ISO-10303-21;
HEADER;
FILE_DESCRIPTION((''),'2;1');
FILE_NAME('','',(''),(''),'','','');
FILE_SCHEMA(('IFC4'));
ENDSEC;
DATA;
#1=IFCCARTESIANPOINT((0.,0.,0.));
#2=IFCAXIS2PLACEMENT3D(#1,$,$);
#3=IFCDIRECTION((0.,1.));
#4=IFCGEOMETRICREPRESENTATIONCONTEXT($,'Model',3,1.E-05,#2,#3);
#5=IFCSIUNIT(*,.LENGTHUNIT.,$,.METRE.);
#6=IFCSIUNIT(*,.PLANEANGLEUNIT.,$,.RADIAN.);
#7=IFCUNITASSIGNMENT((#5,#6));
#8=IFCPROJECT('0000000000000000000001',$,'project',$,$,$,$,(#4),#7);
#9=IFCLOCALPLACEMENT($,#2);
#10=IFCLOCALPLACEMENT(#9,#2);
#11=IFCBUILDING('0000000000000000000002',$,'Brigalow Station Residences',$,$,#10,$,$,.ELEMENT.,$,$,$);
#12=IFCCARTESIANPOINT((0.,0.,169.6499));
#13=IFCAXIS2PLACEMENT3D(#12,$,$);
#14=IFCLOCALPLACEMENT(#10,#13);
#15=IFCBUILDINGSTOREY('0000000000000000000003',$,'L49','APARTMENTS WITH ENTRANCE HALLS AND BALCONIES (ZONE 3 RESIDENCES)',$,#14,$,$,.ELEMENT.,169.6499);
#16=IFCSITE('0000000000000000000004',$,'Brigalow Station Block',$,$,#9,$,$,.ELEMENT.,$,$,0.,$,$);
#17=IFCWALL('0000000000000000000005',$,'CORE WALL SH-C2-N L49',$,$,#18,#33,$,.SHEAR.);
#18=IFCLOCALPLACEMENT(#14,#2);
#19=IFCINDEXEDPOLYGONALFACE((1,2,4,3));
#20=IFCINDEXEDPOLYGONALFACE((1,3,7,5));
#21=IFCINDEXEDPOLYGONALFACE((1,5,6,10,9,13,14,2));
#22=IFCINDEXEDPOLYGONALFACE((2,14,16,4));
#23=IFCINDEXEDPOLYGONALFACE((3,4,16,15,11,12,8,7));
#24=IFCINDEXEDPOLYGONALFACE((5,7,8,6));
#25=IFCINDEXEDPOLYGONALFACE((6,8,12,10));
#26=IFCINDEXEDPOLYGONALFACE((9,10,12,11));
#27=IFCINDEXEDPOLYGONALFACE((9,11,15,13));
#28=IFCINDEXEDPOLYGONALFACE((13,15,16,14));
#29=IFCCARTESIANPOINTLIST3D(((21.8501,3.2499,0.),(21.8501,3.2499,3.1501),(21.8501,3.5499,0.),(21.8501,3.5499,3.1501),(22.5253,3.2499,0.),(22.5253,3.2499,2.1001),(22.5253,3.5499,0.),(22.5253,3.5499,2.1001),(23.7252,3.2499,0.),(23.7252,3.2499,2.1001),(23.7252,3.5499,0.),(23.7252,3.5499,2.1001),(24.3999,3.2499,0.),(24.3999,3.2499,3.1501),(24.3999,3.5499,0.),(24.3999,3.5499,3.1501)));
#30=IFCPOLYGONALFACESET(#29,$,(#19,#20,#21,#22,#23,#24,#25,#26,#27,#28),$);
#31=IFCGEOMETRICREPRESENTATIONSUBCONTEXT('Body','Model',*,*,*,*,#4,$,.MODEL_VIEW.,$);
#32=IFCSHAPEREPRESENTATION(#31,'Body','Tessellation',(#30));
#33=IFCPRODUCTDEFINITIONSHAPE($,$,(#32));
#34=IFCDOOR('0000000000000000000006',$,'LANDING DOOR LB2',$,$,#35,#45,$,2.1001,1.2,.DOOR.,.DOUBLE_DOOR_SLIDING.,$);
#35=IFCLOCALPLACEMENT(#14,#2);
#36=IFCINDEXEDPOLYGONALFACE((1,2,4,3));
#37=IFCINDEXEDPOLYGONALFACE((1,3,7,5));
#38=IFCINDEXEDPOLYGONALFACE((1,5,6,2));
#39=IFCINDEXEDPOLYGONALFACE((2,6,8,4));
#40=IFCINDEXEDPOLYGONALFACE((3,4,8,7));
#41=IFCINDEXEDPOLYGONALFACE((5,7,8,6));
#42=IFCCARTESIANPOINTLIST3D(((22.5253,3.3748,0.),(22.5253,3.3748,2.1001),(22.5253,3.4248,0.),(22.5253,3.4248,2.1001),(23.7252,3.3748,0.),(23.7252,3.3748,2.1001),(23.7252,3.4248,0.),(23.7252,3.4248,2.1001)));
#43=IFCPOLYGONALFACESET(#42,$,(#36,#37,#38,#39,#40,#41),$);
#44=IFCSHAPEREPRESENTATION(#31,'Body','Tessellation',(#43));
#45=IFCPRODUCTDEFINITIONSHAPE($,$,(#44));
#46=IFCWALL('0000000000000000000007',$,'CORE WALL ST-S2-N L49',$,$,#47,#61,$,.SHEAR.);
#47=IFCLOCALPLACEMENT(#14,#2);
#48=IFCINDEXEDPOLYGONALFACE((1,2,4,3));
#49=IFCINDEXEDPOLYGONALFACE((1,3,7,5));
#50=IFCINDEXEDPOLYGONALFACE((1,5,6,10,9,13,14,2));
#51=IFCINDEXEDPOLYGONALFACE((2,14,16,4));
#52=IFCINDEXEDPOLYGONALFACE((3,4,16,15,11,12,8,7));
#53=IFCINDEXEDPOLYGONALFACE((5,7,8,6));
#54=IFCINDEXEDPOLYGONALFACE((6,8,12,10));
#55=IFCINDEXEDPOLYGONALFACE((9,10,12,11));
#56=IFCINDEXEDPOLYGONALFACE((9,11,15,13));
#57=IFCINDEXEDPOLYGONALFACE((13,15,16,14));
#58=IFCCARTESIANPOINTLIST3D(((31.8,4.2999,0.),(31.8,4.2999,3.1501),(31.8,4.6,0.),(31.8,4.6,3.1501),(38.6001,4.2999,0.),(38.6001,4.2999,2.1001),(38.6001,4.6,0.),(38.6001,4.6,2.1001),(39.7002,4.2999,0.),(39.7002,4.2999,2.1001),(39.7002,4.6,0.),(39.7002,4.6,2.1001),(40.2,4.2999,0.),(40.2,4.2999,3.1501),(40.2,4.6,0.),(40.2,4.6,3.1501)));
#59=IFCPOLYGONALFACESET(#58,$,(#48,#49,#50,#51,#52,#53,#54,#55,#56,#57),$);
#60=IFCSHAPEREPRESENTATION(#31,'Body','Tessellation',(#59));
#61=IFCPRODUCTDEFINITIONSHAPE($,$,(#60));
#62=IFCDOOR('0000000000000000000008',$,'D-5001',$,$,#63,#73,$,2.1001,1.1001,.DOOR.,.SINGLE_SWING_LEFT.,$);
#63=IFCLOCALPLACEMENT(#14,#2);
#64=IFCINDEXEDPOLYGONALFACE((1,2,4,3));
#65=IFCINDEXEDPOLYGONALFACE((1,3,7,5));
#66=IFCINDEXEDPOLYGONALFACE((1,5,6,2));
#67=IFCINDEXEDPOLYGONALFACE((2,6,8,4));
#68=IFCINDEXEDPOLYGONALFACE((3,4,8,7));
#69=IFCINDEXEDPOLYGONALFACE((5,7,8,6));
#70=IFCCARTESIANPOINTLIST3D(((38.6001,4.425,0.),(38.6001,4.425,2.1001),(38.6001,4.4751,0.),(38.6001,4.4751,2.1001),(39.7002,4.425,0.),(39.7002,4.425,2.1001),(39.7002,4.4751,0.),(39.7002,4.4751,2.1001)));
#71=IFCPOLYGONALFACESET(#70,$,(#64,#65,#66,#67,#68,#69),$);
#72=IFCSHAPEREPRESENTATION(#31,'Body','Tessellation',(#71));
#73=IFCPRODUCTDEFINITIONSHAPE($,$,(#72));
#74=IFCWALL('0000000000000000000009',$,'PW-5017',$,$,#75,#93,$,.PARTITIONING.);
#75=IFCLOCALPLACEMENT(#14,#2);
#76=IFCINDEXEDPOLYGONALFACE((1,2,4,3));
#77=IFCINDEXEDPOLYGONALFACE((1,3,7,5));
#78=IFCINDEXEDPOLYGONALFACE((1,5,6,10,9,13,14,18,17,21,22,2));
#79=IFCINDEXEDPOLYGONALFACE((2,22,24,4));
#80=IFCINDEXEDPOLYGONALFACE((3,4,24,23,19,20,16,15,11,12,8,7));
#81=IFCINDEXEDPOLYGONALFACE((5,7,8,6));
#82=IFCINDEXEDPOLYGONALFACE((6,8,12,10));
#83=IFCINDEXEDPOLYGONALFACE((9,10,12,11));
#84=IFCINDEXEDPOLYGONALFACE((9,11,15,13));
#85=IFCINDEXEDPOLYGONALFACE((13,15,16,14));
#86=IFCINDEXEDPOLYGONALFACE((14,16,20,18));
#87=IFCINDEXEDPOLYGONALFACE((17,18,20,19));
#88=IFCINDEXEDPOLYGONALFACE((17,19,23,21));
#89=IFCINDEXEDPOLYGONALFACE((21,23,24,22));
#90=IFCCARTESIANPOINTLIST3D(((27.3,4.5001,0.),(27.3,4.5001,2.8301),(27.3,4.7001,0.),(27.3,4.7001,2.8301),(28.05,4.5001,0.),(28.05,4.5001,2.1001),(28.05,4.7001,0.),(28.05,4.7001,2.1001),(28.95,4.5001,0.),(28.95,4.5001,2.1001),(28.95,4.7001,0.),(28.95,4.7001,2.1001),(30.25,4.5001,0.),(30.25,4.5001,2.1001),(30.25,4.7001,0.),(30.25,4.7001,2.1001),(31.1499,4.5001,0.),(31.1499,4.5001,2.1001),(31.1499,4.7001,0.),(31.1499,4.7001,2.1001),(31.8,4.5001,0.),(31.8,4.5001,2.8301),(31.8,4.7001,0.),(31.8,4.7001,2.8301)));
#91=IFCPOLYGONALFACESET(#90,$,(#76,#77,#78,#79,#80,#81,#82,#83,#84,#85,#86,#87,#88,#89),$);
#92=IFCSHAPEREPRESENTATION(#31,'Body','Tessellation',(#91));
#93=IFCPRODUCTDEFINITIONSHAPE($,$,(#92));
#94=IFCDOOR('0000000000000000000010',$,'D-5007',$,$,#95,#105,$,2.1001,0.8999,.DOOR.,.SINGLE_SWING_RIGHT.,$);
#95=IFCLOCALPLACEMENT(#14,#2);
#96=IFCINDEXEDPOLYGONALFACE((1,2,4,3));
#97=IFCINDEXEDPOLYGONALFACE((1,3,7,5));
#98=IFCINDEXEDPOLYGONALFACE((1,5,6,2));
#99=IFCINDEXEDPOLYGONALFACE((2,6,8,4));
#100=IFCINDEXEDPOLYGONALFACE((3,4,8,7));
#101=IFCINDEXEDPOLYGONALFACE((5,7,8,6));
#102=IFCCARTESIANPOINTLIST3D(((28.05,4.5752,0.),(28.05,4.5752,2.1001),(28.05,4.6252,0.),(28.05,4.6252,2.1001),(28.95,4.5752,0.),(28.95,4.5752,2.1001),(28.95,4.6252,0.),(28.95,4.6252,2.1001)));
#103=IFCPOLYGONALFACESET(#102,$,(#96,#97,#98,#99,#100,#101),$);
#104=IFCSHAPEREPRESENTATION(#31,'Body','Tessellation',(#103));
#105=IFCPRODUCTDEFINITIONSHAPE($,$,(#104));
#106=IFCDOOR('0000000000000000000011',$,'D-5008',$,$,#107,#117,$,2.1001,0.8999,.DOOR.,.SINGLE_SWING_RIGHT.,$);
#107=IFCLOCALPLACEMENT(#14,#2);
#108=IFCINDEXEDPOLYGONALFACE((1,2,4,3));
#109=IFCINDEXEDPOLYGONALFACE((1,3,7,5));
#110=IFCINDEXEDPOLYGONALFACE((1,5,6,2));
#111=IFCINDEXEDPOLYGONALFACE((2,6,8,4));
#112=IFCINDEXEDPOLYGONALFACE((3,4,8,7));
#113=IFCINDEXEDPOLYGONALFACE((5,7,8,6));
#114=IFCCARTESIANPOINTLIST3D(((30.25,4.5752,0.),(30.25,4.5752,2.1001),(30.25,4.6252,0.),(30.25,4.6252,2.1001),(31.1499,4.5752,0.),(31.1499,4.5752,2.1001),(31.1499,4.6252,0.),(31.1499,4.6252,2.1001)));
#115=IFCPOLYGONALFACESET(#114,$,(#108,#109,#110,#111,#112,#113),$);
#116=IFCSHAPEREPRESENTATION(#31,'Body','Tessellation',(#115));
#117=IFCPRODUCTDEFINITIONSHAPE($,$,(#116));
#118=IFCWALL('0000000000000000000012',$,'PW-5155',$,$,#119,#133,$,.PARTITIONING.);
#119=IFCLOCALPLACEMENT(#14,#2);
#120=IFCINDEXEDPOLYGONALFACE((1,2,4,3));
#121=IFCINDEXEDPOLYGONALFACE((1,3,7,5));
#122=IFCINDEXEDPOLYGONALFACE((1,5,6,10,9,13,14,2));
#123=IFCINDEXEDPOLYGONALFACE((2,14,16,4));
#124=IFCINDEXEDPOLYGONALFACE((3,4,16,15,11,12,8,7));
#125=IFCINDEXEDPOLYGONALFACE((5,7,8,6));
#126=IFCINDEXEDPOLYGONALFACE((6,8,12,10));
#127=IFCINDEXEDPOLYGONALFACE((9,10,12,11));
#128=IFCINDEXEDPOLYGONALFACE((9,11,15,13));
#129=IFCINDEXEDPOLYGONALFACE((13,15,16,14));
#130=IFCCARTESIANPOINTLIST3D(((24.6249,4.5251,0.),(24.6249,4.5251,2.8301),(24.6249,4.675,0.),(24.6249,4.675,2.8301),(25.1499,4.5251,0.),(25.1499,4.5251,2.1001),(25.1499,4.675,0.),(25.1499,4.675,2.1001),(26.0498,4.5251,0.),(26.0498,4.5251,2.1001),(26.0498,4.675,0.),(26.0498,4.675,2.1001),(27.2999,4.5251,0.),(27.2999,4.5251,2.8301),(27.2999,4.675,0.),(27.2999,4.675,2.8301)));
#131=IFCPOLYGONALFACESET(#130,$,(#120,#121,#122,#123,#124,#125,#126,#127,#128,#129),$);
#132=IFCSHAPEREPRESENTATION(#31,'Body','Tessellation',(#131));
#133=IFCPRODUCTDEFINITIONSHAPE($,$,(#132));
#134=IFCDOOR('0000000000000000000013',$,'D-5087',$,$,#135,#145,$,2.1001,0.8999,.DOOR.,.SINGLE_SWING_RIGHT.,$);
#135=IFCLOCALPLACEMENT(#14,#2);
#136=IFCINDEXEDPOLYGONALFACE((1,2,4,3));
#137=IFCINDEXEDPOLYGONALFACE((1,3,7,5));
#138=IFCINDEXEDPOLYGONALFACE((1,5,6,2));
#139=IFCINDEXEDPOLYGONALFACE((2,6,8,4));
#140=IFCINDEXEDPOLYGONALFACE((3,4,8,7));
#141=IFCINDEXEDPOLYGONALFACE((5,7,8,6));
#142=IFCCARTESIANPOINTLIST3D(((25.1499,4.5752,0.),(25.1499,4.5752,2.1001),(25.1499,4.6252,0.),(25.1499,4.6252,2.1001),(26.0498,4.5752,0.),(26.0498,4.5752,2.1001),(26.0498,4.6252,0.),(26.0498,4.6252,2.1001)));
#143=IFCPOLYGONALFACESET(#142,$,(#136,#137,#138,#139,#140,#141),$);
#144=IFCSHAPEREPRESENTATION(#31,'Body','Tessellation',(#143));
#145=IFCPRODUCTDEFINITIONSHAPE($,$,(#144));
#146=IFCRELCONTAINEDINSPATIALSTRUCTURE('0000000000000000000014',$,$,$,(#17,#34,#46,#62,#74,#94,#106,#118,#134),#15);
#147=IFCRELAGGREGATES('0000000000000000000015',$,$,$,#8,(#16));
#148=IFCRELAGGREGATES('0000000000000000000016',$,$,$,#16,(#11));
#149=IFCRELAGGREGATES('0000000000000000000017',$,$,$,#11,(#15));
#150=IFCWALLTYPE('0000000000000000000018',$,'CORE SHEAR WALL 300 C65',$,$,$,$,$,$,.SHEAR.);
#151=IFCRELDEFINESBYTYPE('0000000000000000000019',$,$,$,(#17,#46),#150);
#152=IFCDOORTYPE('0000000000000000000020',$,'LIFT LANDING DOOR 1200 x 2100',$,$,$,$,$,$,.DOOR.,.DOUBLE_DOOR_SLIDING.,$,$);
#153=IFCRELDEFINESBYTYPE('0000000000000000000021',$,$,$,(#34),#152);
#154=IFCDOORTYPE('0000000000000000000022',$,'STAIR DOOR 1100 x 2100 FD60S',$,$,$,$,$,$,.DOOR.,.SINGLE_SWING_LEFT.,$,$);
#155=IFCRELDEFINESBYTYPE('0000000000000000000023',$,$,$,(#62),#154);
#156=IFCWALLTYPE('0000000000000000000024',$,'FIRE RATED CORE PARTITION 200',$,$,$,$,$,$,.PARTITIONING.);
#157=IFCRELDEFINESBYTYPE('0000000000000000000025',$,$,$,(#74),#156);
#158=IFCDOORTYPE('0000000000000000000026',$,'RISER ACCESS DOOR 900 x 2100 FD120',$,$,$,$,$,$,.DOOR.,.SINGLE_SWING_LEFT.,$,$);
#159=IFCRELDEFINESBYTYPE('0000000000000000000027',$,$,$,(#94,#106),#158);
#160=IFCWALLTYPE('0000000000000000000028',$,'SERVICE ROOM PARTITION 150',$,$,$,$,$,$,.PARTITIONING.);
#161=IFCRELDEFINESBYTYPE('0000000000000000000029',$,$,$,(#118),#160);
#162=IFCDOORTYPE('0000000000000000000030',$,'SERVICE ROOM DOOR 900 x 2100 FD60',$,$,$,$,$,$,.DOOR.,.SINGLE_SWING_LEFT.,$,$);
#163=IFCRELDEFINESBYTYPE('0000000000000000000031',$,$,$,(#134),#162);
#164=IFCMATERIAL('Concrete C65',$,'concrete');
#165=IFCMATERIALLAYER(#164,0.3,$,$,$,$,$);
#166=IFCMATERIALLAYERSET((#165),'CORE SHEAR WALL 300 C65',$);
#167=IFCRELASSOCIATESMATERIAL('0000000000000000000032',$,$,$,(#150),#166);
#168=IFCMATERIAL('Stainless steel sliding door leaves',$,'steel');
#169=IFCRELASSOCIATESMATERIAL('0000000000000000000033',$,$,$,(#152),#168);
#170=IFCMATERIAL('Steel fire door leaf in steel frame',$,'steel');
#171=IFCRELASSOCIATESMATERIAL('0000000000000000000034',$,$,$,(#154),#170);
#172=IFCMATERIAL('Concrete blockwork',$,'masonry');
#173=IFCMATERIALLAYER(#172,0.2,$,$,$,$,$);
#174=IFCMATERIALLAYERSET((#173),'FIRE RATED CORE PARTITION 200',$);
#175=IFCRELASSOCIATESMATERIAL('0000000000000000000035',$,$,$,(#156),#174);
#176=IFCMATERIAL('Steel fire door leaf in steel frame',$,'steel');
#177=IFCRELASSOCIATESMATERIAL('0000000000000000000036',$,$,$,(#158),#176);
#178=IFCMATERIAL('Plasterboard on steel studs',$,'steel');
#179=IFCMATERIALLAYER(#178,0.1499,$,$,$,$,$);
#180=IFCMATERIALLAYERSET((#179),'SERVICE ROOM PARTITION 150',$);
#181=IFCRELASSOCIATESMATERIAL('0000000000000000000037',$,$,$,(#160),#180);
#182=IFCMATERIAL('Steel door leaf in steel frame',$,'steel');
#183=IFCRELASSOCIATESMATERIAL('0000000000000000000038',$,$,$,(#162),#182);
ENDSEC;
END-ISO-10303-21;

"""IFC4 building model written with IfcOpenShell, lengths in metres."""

from ifc_helpers import new_model, si_unit, direction, frame, frame_2d, origin, place, context, subcontext, project, spatial, rectangle, extrude, material, layer, layer_set, type_object, element, fill, save


model = new_model("IFC4")

# Units and contexts
model_context = context("Model", 3, precision=1e-05, world=origin(), true_north=direction((0.0, 1.0)))
body_context = subcontext(model_context, "Body", "Model", "MODEL_VIEW")
ifc_project = project(units=[si_unit("LENGTHUNIT", "METRE"), si_unit("PLANEANGLEUNIT", "RADIAN")], contexts=[model_context])

# Site, building, storey
site_placement = place(None, origin())
site = spatial("IfcSite", under=ifc_project, at=site_placement, Name="Brigalow Station Block", CompositionType="ELEMENT", RefElevation=0.0)
building_placement = place(site_placement, origin())
building = spatial("IfcBuilding", under=site, at=building_placement, Name="Brigalow Station Residences", CompositionType="ELEMENT")
storey_placement = place(building_placement, frame((0.0, 0.0, 169.6499)))
storey = spatial("IfcBuildingStorey", under=building, at=storey_placement, Name="L49", Description="APARTMENTS WITH ENTRANCE HALLS AND BALCONIES (ZONE 3 RESIDENCES)", CompositionType="ELEMENT", Elevation=169.6499)

# Walls, openings, doors
ifc_material_1 = material(Name="Concrete C65", Category="concrete")
ifc_layer_1 = layer(ifc_material_1, 0.3)
ifc_layer_set_1 = layer_set([ifc_layer_1], Name="CORE SHEAR WALL 300 C65")
wall_type_1 = type_object("IfcWallType", Name="CORE SHEAR WALL 300 C65", PredefinedType="SHEAR", material=ifc_layer_set_1)
wall_1_placement = place(storey_placement, frame((21.8501, 3.3999, 0.0), z_axis=(0.0, 0.0, 1.0), x_axis=(1.0, 0.0, 0.0)))
wall_1 = element("IfcWall", 1, at=wall_1_placement, inside=storey, type_object=wall_type_1, Name="CORE WALL SH-C2-N L49", PredefinedType="SHEAR", context=body_context, shape_type="SweptSolid", body=[
    extrude(rectangle(XDim=2.5498, YDim=0.3, at=frame_2d((1.2749, 0.0))), origin(), (0.0, 0.0, 1.0), 3.1501),
])
opening_1_placement = place(wall_1_placement, frame((0.675, 0.0, 0.0)))
opening_1 = element("IfcOpeningElement", 2, at=opening_1_placement, cuts=wall_1, PredefinedType="OPENING", context=body_context, shape_type="SweptSolid", body=[
    extrude(rectangle(XDim=1.2, YDim=2.1001, at=frame_2d((0.6001, 1.05))), frame((0.0, 0.1602, 0.0), z_axis=(0.0, -1.0, 0.0), x_axis=(1.0, 0.0, 0.0)), (0.0, 0.0, 1.0), 0.3201),
])
ifc_material_2 = material(Name="Stainless steel sliding door leaves", Category="steel")
door_type_1 = type_object("IfcDoorType", Name="LIFT LANDING DOOR 1200 x 2100", OperationType="DOUBLE_DOOR_SLIDING", PredefinedType="DOOR", material=ifc_material_2)
door_1_placement = place(opening_1_placement, origin())
door_1 = element("IfcDoor", 3, at=door_1_placement, inside=storey, type_object=door_type_1, Name="LANDING DOOR LB2", OperationType="DOUBLE_DOOR_SLIDING", OverallHeight=2.1001, OverallWidth=1.2, PredefinedType="DOOR", context=body_context, shape_type="SweptSolid", body=[
    extrude(rectangle(XDim=1.2, YDim=2.1001, at=frame_2d((0.6001, 1.05))), frame((0.0, 0.0249, 0.0), z_axis=(0.0, -1.0, 0.0), x_axis=(1.0, 0.0, 0.0)), (0.0, 0.0, 1.0), 0.05),
])
fill(opening_1, door_1)
wall_2_placement = place(storey_placement, frame((31.8, 4.45, 0.0), z_axis=(0.0, 0.0, 1.0), x_axis=(1.0, 0.0, 0.0)))
wall_2 = element("IfcWall", 4, at=wall_2_placement, inside=storey, type_object=wall_type_1, Name="CORE WALL ST-S2-N L49", PredefinedType="SHEAR", context=body_context, shape_type="SweptSolid", body=[
    extrude(rectangle(XDim=8.3999, YDim=0.3, at=frame_2d((4.2, 0.0))), origin(), (0.0, 0.0, 1.0), 3.1501),
])
opening_2_placement = place(wall_2_placement, frame((6.8, 0.0, 0.0)))
opening_2 = element("IfcOpeningElement", 5, at=opening_2_placement, cuts=wall_2, PredefinedType="OPENING", context=body_context, shape_type="SweptSolid", body=[
    extrude(rectangle(XDim=1.1001, YDim=2.1001, at=frame_2d((0.55, 1.05))), frame((0.0, 0.1602, 0.0), z_axis=(0.0, -1.0, 0.0), x_axis=(1.0, 0.0, 0.0)), (0.0, 0.0, 1.0), 0.3201),
])
ifc_material_3 = material(Name="Steel fire door leaf in steel frame", Category="steel")
door_type_2 = type_object("IfcDoorType", Name="STAIR DOOR 1100 x 2100 FD60S", OperationType="SINGLE_SWING_LEFT", PredefinedType="DOOR", material=ifc_material_3)
door_2_placement = place(opening_2_placement, frame((1.1001, 0.0, 0.0), z_axis=(0.0, 0.0, 1.0), x_axis=(-1.0, 0.0, 0.0)))
door_2 = element("IfcDoor", 6, at=door_2_placement, inside=storey, type_object=door_type_2, Name="D-5001", OperationType="SINGLE_SWING_LEFT", OverallHeight=2.1001, OverallWidth=1.1001, PredefinedType="DOOR", context=body_context, shape_type="SweptSolid", body=[
    extrude(rectangle(XDim=1.1001, YDim=2.1001, at=frame_2d((0.55, 1.05))), frame((0.0, 0.0249, 0.0), z_axis=(0.0, -1.0, 0.0), x_axis=(1.0, 0.0, 0.0)), (0.0, 0.0, 1.0), 0.05),
])
fill(opening_2, door_2)

# Wall, openings, doors
ifc_material_4 = material(Name="Concrete blockwork", Category="masonry")
ifc_layer_2 = layer(ifc_material_4, 0.2)
ifc_layer_set_2 = layer_set([ifc_layer_2], Name="FIRE RATED CORE PARTITION 200")
wall_type_2 = type_object("IfcWallType", Name="FIRE RATED CORE PARTITION 200", PredefinedType="PARTITIONING", material=ifc_layer_set_2)
wall_3_placement = place(storey_placement, frame((27.3, 4.6001, 0.0), z_axis=(0.0, 0.0, 1.0), x_axis=(1.0, 0.0, 0.0)))
wall_3 = element("IfcWall", 7, at=wall_3_placement, inside=storey, type_object=wall_type_2, Name="PW-5017", PredefinedType="PARTITIONING", context=body_context, shape_type="SweptSolid", body=[
    extrude(rectangle(XDim=4.5, YDim=0.2, at=frame_2d((2.25, 0.0))), origin(), (0.0, 0.0, 1.0), 2.8301),
])
opening_3_placement = place(wall_3_placement, frame((0.75, 0.0, 0.0)))
opening_3 = element("IfcOpeningElement", 8, at=opening_3_placement, cuts=wall_3, PredefinedType="OPENING", context=body_context, shape_type="SweptSolid", body=[
    extrude(rectangle(XDim=0.8999, YDim=2.1001, at=frame_2d((0.45, 1.05))), frame((0.0, 0.1099, 0.0), z_axis=(0.0, -1.0, 0.0), x_axis=(1.0, 0.0, 0.0)), (0.0, 0.0, 1.0), 0.22),
])
opening_4_placement = place(wall_3_placement, frame((2.95, 0.0, 0.0)))
opening_4 = element("IfcOpeningElement", 9, at=opening_4_placement, cuts=wall_3, PredefinedType="OPENING", context=body_context, shape_type="SweptSolid", body=[
    extrude(rectangle(XDim=0.8999, YDim=2.1001, at=frame_2d((0.45, 1.05))), frame((0.0, 0.1099, 0.0), z_axis=(0.0, -1.0, 0.0), x_axis=(1.0, 0.0, 0.0)), (0.0, 0.0, 1.0), 0.22),
])
ifc_material_5 = material(Name="Steel fire door leaf in steel frame", Category="steel")
door_type_3 = type_object("IfcDoorType", Name="RISER ACCESS DOOR 900 x 2100 FD120", OperationType="SINGLE_SWING_LEFT", PredefinedType="DOOR", material=ifc_material_5)
door_3_placement = place(opening_3_placement, frame((0.8999, 0.0, 0.0), z_axis=(0.0, 0.0, 1.0), x_axis=(-1.0, 0.0, 0.0)))
door_3 = element("IfcDoor", 10, at=door_3_placement, inside=storey, type_object=door_type_3, Name="D-5007", OperationType="SINGLE_SWING_RIGHT", OverallHeight=2.1001, OverallWidth=0.8999, PredefinedType="DOOR", context=body_context, shape_type="SweptSolid", body=[
    extrude(rectangle(XDim=0.8999, YDim=2.1001, at=frame_2d((0.45, 1.05))), frame((0.0, 0.0249, 0.0), z_axis=(0.0, -1.0, 0.0), x_axis=(1.0, 0.0, 0.0)), (0.0, 0.0, 1.0), 0.05),
])
fill(opening_3, door_3)
door_4_placement = place(opening_4_placement, frame((0.8999, 0.0, 0.0), z_axis=(0.0, 0.0, 1.0), x_axis=(-1.0, 0.0, 0.0)))
door_4 = element("IfcDoor", 11, at=door_4_placement, inside=storey, type_object=door_type_3, Name="D-5008", OperationType="SINGLE_SWING_RIGHT", OverallHeight=2.1001, OverallWidth=0.8999, PredefinedType="DOOR", context=body_context, shape_type="SweptSolid", body=[
    extrude(rectangle(XDim=0.8999, YDim=2.1001, at=frame_2d((0.45, 1.05))), frame((0.0, 0.0249, 0.0), z_axis=(0.0, -1.0, 0.0), x_axis=(1.0, 0.0, 0.0)), (0.0, 0.0, 1.0), 0.05),
])
fill(opening_4, door_4)

# Wall, opening, door
ifc_material_6 = material(Name="Plasterboard on steel studs", Category="steel")
ifc_layer_3 = layer(ifc_material_6, 0.1499)
ifc_layer_set_3 = layer_set([ifc_layer_3], Name="SERVICE ROOM PARTITION 150")
wall_type_3 = type_object("IfcWallType", Name="SERVICE ROOM PARTITION 150", PredefinedType="PARTITIONING", material=ifc_layer_set_3)
wall_4_placement = place(storey_placement, frame((24.625, 4.6001, 0.0), z_axis=(0.0, 0.0, 1.0), x_axis=(1.0, 0.0, 0.0)))
wall_4 = element("IfcWall", 12, at=wall_4_placement, inside=storey, type_object=wall_type_3, Name="PW-5155", PredefinedType="PARTITIONING", context=body_context, shape_type="SweptSolid", body=[
    extrude(rectangle(XDim=2.675, YDim=0.1499, at=frame_2d((1.3374, 0.0))), origin(), (0.0, 0.0, 1.0), 2.8301),
])
opening_5_placement = place(wall_4_placement, frame((0.5249, 0.0, 0.0)))
opening_5 = element("IfcOpeningElement", 13, at=opening_5_placement, cuts=wall_4, PredefinedType="OPENING", context=body_context, shape_type="SweptSolid", body=[
    extrude(rectangle(XDim=0.8999, YDim=2.1001, at=frame_2d((0.45, 1.05))), frame((0.0, 0.085, 0.0), z_axis=(0.0, -1.0, 0.0), x_axis=(1.0, 0.0, 0.0)), (0.0, 0.0, 1.0), 0.1699),
])
ifc_material_7 = material(Name="Steel door leaf in steel frame", Category="steel")
door_type_4 = type_object("IfcDoorType", Name="SERVICE ROOM DOOR 900 x 2100 FD60", OperationType="SINGLE_SWING_LEFT", PredefinedType="DOOR", material=ifc_material_7)
door_5_placement = place(opening_5_placement, frame((0.8999, 0.0, 0.0), z_axis=(0.0, 0.0, 1.0), x_axis=(-1.0, 0.0, 0.0)))
door_5 = element("IfcDoor", 14, at=door_5_placement, inside=storey, type_object=door_type_4, Name="D-5087", OperationType="SINGLE_SWING_RIGHT", OverallHeight=2.1001, OverallWidth=0.8999, PredefinedType="DOOR", context=body_context, shape_type="SweptSolid", body=[
    extrude(rectangle(XDim=0.8999, YDim=2.1001, at=frame_2d((0.45, 1.05))), frame((0.0, 0.0249, 0.0), z_axis=(0.0, -1.0, 0.0), x_axis=(1.0, 0.0, 0.0)), (0.0, 0.0, 1.0), 0.05),
])
fill(opening_5, door_5)

save(model, "model.ifc")
